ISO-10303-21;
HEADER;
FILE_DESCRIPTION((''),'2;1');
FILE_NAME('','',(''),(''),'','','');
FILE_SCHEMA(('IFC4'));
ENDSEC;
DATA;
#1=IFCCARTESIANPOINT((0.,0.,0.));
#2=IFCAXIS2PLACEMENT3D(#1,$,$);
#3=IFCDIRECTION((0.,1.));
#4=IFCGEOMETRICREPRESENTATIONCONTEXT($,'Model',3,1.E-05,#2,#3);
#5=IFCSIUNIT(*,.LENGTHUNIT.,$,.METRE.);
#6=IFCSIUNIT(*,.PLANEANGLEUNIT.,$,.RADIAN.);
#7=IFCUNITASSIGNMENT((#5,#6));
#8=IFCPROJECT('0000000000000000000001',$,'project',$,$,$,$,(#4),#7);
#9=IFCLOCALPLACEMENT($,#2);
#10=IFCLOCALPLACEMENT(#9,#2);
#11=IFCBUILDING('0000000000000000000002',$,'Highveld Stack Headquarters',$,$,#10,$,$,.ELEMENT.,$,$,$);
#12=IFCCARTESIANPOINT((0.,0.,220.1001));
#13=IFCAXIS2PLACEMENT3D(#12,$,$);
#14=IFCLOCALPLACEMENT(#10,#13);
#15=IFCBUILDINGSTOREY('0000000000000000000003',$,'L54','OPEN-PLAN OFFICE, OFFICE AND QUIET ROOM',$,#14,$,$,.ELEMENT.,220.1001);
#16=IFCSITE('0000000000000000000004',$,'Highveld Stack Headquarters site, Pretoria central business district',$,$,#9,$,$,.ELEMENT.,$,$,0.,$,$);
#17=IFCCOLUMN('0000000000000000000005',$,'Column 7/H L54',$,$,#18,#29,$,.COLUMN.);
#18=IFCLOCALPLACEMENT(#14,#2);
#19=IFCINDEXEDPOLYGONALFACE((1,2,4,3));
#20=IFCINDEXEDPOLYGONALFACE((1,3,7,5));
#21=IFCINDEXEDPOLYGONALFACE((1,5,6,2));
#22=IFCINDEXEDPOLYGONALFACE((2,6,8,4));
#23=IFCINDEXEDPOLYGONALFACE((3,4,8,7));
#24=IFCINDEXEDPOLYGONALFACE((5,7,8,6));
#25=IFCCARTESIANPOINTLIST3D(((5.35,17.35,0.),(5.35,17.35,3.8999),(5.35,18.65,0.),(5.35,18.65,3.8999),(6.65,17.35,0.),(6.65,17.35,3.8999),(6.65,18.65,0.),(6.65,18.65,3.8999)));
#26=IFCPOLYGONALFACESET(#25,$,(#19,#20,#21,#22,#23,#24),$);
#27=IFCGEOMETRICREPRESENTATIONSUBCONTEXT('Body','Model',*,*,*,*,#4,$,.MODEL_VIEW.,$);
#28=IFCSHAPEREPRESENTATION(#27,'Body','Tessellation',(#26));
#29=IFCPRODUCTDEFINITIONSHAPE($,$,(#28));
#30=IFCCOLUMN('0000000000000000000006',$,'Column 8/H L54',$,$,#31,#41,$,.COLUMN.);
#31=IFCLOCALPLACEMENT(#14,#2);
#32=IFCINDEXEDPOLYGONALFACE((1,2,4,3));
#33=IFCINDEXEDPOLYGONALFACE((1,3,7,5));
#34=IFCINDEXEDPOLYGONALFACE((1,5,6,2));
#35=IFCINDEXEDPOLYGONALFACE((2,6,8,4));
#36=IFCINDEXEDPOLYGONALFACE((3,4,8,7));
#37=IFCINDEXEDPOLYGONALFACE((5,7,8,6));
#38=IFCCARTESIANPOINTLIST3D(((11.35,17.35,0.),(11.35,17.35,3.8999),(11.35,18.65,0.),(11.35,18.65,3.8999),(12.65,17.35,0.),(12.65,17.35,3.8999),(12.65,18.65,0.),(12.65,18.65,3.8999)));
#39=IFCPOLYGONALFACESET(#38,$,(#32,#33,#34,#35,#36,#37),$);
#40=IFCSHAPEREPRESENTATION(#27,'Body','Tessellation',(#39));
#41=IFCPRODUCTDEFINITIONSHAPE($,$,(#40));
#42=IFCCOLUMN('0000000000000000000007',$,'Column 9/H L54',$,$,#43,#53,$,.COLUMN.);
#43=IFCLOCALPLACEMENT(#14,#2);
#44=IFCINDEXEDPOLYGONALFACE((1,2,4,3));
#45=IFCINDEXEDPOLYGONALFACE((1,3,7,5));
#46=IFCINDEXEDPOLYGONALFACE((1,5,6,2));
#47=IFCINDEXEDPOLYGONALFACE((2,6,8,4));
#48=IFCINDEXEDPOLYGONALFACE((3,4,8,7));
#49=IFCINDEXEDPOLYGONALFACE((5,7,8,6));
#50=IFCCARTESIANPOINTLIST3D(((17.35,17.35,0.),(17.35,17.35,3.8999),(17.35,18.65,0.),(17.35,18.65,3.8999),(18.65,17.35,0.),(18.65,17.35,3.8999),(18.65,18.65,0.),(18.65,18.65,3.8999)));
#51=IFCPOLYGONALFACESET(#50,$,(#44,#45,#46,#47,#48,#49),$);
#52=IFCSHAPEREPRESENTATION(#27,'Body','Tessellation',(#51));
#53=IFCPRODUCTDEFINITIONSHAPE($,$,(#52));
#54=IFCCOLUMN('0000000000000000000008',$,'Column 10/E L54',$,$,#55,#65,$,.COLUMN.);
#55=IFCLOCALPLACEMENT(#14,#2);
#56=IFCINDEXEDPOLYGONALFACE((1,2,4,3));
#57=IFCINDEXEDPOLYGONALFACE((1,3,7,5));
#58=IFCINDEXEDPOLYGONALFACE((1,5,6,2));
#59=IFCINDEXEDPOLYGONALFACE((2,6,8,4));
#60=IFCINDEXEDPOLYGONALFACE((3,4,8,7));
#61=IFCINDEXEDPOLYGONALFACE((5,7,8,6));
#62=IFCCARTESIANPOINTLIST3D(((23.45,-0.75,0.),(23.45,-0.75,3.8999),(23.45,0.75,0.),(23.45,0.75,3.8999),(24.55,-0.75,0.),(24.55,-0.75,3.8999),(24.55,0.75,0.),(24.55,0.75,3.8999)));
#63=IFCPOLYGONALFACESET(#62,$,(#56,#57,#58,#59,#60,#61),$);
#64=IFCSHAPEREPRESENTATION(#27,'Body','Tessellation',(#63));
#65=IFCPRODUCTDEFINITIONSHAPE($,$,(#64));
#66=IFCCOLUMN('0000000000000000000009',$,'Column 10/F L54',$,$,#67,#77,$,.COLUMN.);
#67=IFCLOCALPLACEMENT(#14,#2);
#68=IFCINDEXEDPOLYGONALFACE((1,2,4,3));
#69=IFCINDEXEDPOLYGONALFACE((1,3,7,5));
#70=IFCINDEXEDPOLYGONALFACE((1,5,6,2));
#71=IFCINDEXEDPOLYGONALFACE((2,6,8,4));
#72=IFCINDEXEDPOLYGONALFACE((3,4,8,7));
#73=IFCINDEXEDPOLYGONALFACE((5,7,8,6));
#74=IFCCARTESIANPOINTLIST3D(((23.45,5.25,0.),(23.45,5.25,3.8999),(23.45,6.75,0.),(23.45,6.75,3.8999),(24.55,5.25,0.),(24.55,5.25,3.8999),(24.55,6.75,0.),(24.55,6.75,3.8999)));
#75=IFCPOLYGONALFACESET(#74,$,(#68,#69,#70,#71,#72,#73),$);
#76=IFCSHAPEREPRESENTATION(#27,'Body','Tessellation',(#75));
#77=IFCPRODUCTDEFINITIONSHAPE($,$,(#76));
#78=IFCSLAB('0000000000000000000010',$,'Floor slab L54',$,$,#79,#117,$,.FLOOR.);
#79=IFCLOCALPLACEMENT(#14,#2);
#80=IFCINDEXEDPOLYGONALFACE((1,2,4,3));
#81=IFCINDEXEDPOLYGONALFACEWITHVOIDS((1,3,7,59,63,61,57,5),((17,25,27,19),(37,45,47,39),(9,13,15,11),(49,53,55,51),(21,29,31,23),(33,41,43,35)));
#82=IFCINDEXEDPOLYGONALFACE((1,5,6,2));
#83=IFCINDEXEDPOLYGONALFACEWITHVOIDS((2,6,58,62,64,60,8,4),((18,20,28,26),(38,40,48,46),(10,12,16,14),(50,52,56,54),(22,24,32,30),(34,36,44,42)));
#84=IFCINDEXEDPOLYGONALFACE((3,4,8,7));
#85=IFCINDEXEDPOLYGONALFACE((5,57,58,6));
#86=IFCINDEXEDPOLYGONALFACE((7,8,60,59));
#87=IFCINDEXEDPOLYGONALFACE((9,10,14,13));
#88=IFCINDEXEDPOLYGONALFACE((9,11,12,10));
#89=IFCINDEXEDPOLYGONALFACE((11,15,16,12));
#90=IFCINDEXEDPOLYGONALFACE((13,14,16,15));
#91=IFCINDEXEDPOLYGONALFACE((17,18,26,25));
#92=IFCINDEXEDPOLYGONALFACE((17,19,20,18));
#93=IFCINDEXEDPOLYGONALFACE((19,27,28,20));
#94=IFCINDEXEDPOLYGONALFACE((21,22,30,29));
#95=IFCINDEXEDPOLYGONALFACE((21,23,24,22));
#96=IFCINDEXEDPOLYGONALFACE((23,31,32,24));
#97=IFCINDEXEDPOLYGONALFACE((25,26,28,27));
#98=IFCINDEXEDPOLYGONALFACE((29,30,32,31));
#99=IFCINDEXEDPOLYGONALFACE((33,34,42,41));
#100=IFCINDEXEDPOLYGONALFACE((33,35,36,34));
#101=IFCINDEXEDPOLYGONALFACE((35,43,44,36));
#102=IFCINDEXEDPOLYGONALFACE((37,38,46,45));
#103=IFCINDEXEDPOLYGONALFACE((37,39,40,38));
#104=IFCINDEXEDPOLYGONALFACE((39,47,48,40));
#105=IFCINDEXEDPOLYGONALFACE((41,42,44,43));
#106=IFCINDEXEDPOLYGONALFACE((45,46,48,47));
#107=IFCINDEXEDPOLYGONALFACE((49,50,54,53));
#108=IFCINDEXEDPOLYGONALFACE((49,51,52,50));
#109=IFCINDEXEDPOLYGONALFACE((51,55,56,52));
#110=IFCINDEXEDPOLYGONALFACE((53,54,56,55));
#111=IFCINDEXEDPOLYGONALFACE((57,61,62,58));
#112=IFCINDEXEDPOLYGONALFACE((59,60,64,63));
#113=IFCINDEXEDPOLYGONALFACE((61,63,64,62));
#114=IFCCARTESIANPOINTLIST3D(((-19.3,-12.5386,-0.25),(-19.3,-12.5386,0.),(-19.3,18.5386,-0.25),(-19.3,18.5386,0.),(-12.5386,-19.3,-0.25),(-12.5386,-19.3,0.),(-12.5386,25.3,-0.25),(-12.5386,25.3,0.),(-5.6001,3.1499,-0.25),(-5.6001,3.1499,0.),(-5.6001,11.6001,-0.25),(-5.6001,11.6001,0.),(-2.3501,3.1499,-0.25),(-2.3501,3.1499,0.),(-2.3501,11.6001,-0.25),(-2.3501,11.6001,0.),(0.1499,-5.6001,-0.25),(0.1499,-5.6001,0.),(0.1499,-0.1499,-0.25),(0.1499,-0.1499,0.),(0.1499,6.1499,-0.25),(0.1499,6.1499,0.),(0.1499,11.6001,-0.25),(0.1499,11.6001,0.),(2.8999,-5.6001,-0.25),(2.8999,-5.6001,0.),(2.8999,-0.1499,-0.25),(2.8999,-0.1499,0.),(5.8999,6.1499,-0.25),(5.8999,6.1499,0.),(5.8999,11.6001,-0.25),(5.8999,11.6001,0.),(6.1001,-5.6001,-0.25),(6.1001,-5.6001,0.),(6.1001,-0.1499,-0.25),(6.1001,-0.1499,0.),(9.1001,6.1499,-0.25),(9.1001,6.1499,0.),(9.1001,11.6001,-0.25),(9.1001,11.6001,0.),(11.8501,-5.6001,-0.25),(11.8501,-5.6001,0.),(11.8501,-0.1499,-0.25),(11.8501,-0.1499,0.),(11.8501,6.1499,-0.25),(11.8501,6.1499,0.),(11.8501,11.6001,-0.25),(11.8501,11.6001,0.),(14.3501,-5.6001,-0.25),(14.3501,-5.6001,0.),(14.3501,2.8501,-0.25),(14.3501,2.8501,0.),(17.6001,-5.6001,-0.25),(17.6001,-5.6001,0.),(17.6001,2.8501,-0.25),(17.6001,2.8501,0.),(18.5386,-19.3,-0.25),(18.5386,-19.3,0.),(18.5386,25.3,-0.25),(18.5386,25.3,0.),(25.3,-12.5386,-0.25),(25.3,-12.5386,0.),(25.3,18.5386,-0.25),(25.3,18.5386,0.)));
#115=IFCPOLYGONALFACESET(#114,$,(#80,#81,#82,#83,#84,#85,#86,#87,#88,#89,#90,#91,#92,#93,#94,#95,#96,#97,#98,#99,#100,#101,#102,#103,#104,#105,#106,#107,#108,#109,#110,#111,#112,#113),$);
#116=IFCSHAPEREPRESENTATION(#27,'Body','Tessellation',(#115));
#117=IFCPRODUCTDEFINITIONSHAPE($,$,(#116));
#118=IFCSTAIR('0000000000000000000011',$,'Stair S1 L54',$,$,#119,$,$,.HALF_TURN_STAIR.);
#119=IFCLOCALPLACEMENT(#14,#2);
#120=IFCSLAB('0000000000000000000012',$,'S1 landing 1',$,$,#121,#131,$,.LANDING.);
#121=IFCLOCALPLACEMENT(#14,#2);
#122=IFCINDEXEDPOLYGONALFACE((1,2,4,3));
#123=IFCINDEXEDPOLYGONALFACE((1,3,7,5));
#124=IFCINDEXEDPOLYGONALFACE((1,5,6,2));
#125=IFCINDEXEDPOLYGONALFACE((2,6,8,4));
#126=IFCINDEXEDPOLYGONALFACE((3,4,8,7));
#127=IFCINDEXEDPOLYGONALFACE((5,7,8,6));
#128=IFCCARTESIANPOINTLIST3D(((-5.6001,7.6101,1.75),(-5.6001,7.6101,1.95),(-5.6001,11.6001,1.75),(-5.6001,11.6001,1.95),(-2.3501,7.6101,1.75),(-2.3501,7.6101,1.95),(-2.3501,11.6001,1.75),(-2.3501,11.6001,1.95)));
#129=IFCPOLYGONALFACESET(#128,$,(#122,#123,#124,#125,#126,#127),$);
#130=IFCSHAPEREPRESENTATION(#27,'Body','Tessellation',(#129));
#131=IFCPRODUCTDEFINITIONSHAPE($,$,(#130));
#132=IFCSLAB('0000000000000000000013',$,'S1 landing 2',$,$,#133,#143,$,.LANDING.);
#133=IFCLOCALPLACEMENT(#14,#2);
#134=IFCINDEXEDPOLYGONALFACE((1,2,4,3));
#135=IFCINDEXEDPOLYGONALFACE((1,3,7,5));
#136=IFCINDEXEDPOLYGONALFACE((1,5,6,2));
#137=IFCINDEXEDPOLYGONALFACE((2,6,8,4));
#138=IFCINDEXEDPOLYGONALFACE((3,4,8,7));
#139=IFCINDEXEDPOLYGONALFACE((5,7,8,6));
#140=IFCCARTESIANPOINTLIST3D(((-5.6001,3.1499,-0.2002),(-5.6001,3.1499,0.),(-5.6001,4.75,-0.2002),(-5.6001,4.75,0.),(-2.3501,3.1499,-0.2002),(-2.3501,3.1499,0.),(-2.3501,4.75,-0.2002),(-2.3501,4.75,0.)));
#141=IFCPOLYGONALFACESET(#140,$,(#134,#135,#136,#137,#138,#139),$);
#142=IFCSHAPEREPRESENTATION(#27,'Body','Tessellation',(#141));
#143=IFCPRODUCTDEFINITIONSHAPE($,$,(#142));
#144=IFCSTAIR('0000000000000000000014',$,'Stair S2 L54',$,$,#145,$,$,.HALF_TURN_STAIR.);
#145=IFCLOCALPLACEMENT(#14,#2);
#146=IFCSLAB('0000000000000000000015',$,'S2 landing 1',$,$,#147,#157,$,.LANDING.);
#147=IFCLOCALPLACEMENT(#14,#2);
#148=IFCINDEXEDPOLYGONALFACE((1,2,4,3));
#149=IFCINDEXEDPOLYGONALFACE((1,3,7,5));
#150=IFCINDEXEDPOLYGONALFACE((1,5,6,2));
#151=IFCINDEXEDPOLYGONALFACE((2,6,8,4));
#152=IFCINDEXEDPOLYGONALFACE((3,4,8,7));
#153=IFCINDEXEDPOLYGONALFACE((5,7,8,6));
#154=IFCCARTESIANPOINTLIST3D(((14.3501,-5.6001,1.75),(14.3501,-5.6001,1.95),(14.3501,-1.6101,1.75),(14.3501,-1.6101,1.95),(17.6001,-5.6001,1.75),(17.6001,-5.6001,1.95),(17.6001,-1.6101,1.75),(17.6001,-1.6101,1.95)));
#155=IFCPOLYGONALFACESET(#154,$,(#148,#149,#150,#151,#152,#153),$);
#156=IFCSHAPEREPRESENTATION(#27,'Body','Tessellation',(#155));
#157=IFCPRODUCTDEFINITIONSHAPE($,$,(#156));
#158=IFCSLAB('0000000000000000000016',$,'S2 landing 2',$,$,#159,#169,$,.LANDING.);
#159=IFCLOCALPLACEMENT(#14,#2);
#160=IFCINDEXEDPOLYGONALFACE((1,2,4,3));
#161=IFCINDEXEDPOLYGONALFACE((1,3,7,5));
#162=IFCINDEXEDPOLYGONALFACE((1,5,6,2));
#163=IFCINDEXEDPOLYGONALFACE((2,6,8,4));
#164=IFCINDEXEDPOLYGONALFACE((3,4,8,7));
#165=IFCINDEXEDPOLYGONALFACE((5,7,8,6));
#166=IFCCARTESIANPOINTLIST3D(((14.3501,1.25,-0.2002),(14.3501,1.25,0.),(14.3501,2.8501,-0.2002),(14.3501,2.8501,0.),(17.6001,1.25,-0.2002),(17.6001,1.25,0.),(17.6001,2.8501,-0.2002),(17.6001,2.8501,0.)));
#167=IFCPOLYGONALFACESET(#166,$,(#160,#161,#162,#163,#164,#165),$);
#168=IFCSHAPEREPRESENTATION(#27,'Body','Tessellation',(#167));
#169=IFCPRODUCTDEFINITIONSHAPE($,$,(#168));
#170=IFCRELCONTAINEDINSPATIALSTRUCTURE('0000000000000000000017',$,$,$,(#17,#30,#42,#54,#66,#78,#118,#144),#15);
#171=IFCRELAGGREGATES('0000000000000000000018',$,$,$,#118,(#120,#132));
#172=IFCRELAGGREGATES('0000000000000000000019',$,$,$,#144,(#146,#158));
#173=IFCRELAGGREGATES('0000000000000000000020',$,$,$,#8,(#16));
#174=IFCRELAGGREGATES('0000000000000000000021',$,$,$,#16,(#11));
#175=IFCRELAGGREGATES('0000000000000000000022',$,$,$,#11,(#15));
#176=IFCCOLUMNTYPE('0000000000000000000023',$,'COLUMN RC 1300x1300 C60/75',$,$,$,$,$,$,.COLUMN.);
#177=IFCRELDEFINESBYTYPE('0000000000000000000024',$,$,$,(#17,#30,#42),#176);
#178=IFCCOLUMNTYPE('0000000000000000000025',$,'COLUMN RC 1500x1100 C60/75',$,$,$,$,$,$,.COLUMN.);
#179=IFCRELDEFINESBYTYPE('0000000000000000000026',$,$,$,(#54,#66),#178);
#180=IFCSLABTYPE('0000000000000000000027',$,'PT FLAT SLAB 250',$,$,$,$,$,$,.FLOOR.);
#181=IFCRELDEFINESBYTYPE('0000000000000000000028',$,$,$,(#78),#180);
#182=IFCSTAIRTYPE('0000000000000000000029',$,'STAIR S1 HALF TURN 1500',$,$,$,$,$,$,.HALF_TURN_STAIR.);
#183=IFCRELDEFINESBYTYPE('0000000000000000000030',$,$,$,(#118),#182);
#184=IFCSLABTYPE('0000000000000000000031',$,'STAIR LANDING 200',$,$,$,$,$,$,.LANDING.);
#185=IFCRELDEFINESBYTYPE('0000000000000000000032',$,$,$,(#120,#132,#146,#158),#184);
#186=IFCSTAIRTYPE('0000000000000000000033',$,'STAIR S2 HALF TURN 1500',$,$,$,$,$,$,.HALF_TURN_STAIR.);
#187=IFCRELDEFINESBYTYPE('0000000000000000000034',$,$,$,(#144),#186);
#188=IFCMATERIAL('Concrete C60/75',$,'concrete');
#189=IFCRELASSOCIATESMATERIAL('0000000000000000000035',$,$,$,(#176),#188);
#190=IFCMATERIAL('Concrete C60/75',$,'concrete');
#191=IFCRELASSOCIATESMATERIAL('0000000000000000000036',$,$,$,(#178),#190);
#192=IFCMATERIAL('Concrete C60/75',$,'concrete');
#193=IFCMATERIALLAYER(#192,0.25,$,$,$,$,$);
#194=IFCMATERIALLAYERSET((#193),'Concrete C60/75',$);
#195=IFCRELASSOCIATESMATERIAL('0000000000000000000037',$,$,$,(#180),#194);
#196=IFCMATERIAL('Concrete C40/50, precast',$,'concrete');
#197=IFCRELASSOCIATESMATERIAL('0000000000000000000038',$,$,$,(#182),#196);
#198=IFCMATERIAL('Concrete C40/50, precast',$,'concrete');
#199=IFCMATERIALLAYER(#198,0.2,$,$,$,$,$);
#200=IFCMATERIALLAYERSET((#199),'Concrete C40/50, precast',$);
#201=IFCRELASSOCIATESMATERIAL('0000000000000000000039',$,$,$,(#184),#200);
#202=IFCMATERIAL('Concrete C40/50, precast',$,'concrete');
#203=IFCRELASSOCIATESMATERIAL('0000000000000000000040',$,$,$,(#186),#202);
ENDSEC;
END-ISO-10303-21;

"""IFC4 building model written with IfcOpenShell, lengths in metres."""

from ifc_helpers import new_model, si_unit, direction, frame, origin, origin_2d, place, context, subcontext, project, spatial, polyline, rectangle, outline, extrude, material, layer, layer_set, material_profile, profile_set, type_object, element, aggregate, save


model = new_model("IFC4")

# Units and contexts
model_context = context("Model", 3, precision=1e-05, world=origin(), true_north=direction((0.0, 1.0)))
body_context = subcontext(model_context, "Body", "Model", "MODEL_VIEW")
ifc_project = project(units=[si_unit("LENGTHUNIT", "METRE"), si_unit("PLANEANGLEUNIT", "RADIAN")], contexts=[model_context])

# Site, building, storey
site_placement = place(None, origin())
site = spatial("IfcSite", under=ifc_project, at=site_placement, Name="Highveld Stack Headquarters site, Pretoria central business district", CompositionType="ELEMENT", RefElevation=0.0)
building_placement = place(site_placement, origin())
building = spatial("IfcBuilding", under=site, at=building_placement, Name="Highveld Stack Headquarters", CompositionType="ELEMENT")
storey_placement = place(building_placement, frame((0.0, 0.0, 220.1001)))
storey = spatial("IfcBuildingStorey", under=building, at=storey_placement, Name="L54", Description="OPEN-PLAN OFFICE, OFFICE AND QUIET ROOM", CompositionType="ELEMENT", Elevation=220.1001)

# Columns
ifc_material_1 = material(Name="Concrete C60/75", Category="concrete")
ifc_material_profile_1 = material_profile(ifc_material_1, rectangle(XDim=1.3, YDim=1.3, at=origin_2d()), Name="RC 1300x1300")
ifc_profile_set_1 = profile_set([ifc_material_profile_1], Name="Concrete C60/75")
column_type_1 = type_object("IfcColumnType", Name="COLUMN RC 1300x1300 C60/75", PredefinedType="COLUMN", material=ifc_profile_set_1)
for number, where, z_axis, x_axis, name in (
    (1, (6.0, 18.0, 0.0), (0.0, 0.0, 1.0), (1.0, 0.0, 0.0), "Column 7/H L54"),
    (2, (12.0, 18.0, 0.0), (0.0, 0.0, 1.0), (1.0, 0.0, 0.0), "Column 8/H L54"),
    (3, (18.0, 18.0, 0.0), (0.0, 0.0, 1.0), (1.0, 0.0, 0.0), "Column 9/H L54"),
):
    element("IfcColumn", number, at=place(storey_placement, frame(where, z_axis=z_axis, x_axis=x_axis)), inside=storey, type_object=column_type_1, Name=name, PredefinedType="COLUMN", context=body_context, shape_type="SweptSolid", body=[
        extrude(rectangle(XDim=1.3, YDim=1.3, at=origin_2d()), origin(), (0.0, 0.0, 1.0), 3.8999),
    ])
ifc_material_2 = material(Name="Concrete C60/75", Category="concrete")
ifc_material_profile_2 = material_profile(ifc_material_2, rectangle(XDim=1.5, YDim=1.1001, at=origin_2d()), Name="RC 1500x1100")
ifc_profile_set_2 = profile_set([ifc_material_profile_2], Name="Concrete C60/75")
column_type_2 = type_object("IfcColumnType", Name="COLUMN RC 1500x1100 C60/75", PredefinedType="COLUMN", material=ifc_profile_set_2)
for number, where, z_axis, x_axis, name in (
    (4, (24.0, 0.0, 0.0), (0.0, 0.0, 1.0), (0.0, 1.0, 0.0), "Column 10/E L54"),
    (5, (24.0, 6.0, 0.0), (0.0, 0.0, 1.0), (0.0, 1.0, 0.0), "Column 10/F L54"),
):
    element("IfcColumn", number, at=place(storey_placement, frame(where, z_axis=z_axis, x_axis=x_axis)), inside=storey, type_object=column_type_2, Name=name, PredefinedType="COLUMN", context=body_context, shape_type="SweptSolid", body=[
        extrude(rectangle(XDim=1.5, YDim=1.1001, at=origin_2d()), origin(), (0.0, 0.0, 1.0), 3.8999),
    ])

# Slab
ifc_material_3 = material(Name="Concrete C60/75", Category="concrete")
ifc_layer_1 = layer(ifc_material_3, 0.25)
ifc_layer_set_1 = layer_set([ifc_layer_1], Name="Concrete C60/75")
slab_type_1 = type_object("IfcSlabType", Name="PT FLAT SLAB 250", PredefinedType="FLOOR", material=ifc_layer_set_1)
slab_1_placement = place(storey_placement, frame((0.0, 0.0, -0.25)))
element("IfcSlab", 6, at=slab_1_placement, inside=storey, type_object=slab_type_1, Name="Floor slab L54", PredefinedType="FLOOR", context=body_context, shape_type="SweptSolid", body=[
    extrude(outline(polyline([(-12.5386, -19.3), (18.5386, -19.3), (25.3, -12.5386), (25.3, 18.5386), (18.5386, 25.3), (-12.5386, 25.3), (-19.3, 18.5386), (-19.3, -12.5386), (-12.5386, -19.3)]), holes=[polyline([(0.1499, 6.1499), (5.8999, 6.1499), (5.8999, 11.6001), (0.1499, 11.6001), (0.1499, 6.1499)]), polyline([(9.1001, 6.1499), (11.8501, 6.1499), (11.8501, 11.6001), (9.1001, 11.6001), (9.1001, 6.1499)]), polyline([(6.1001, -5.6001), (11.8501, -5.6001), (11.8501, -0.1499), (6.1001, -0.1499), (6.1001, -5.6001)]), polyline([(0.1499, -5.6001), (2.8999, -5.6001), (2.8999, -0.1499), (0.1499, -0.1499), (0.1499, -5.6001)]), polyline([(-5.6001, 3.1499), (-2.3501, 3.1499), (-2.3501, 11.6001), (-5.6001, 11.6001), (-5.6001, 3.1499)]), polyline([(14.3501, -5.6001), (17.6001, -5.6001), (17.6001, 2.8501), (14.3501, 2.8501), (14.3501, -5.6001)])]), origin(), (0.0, 0.0, 1.0), 0.25),
])

# Stairs, slabs
ifc_material_4 = material(Name="Concrete C40/50, precast", Category="concrete")
stair_type_1 = type_object("IfcStairType", Name="STAIR S1 HALF TURN 1500", PredefinedType="HALF_TURN_STAIR", material=ifc_material_4)
stair_1_placement = place(storey_placement, origin())
stair_1 = element("IfcStair", 7, at=stair_1_placement, inside=storey, type_object=stair_type_1, Name="Stair S1 L54", PredefinedType="HALF_TURN_STAIR")
ifc_material_5 = material(Name="Concrete C40/50, precast", Category="concrete")
ifc_layer_2 = layer(ifc_material_5, 0.2)
ifc_layer_set_2 = layer_set([ifc_layer_2], Name="Concrete C40/50, precast")
slab_type_2 = type_object("IfcSlabType", Name="STAIR LANDING 200", PredefinedType="LANDING", material=ifc_layer_set_2)
slab_2_placement = place(storey_placement, frame((0.0, 0.0, 1.75)))
slab_2 = element("IfcSlab", 8, at=slab_2_placement, type_object=slab_type_2, Name="S1 landing 1", PredefinedType="LANDING", context=body_context, shape_type="SweptSolid", body=[
    extrude(outline(polyline([(-5.6001, 7.6101), (-2.3501, 7.6101), (-2.3501, 11.6001), (-5.6001, 11.6001), (-5.6001, 7.6101)])), origin(), (0.0, 0.0, 1.0), 0.2),
])
slab_3_placement = place(storey_placement, frame((0.0, 0.0, -0.2002)))
slab_3 = element("IfcSlab", 9, at=slab_3_placement, type_object=slab_type_2, Name="S1 landing 2", PredefinedType="LANDING", context=body_context, shape_type="SweptSolid", body=[
    extrude(outline(polyline([(-5.6001, 3.1499), (-2.3501, 3.1499), (-2.3501, 4.75), (-5.6001, 4.75), (-5.6001, 3.1499)])), origin(), (0.0, 0.0, 1.0), 0.2002),
])
aggregate(stair_1, [slab_2, slab_3])
ifc_material_6 = material(Name="Concrete C40/50, precast", Category="concrete")
stair_type_2 = type_object("IfcStairType", Name="STAIR S2 HALF TURN 1500", PredefinedType="HALF_TURN_STAIR", material=ifc_material_6)
stair_2_placement = place(storey_placement, origin())
stair_2 = element("IfcStair", 10, at=stair_2_placement, inside=storey, type_object=stair_type_2, Name="Stair S2 L54", PredefinedType="HALF_TURN_STAIR")
slab_4_placement = place(storey_placement, frame((0.0, 0.0, 1.75)))
slab_4 = element("IfcSlab", 11, at=slab_4_placement, type_object=slab_type_2, Name="S2 landing 1", PredefinedType="LANDING", context=body_context, shape_type="SweptSolid", body=[
    extrude(outline(polyline([(14.3501, -5.6001), (17.6001, -5.6001), (17.6001, -1.6101), (14.3501, -1.6101), (14.3501, -5.6001)])), origin(), (0.0, 0.0, 1.0), 0.2),
])
slab_5_placement = place(storey_placement, frame((0.0, 0.0, -0.2002)))
slab_5 = element("IfcSlab", 12, at=slab_5_placement, type_object=slab_type_2, Name="S2 landing 2", PredefinedType="LANDING", context=body_context, shape_type="SweptSolid", body=[
    extrude(outline(polyline([(14.3501, 1.25), (17.6001, 1.25), (17.6001, 2.8501), (14.3501, 2.8501), (14.3501, 1.25)])), origin(), (0.0, 0.0, 1.0), 0.2002),
])

aggregate(stair_2, [slab_4, slab_5])

save(model, "model.ifc")
